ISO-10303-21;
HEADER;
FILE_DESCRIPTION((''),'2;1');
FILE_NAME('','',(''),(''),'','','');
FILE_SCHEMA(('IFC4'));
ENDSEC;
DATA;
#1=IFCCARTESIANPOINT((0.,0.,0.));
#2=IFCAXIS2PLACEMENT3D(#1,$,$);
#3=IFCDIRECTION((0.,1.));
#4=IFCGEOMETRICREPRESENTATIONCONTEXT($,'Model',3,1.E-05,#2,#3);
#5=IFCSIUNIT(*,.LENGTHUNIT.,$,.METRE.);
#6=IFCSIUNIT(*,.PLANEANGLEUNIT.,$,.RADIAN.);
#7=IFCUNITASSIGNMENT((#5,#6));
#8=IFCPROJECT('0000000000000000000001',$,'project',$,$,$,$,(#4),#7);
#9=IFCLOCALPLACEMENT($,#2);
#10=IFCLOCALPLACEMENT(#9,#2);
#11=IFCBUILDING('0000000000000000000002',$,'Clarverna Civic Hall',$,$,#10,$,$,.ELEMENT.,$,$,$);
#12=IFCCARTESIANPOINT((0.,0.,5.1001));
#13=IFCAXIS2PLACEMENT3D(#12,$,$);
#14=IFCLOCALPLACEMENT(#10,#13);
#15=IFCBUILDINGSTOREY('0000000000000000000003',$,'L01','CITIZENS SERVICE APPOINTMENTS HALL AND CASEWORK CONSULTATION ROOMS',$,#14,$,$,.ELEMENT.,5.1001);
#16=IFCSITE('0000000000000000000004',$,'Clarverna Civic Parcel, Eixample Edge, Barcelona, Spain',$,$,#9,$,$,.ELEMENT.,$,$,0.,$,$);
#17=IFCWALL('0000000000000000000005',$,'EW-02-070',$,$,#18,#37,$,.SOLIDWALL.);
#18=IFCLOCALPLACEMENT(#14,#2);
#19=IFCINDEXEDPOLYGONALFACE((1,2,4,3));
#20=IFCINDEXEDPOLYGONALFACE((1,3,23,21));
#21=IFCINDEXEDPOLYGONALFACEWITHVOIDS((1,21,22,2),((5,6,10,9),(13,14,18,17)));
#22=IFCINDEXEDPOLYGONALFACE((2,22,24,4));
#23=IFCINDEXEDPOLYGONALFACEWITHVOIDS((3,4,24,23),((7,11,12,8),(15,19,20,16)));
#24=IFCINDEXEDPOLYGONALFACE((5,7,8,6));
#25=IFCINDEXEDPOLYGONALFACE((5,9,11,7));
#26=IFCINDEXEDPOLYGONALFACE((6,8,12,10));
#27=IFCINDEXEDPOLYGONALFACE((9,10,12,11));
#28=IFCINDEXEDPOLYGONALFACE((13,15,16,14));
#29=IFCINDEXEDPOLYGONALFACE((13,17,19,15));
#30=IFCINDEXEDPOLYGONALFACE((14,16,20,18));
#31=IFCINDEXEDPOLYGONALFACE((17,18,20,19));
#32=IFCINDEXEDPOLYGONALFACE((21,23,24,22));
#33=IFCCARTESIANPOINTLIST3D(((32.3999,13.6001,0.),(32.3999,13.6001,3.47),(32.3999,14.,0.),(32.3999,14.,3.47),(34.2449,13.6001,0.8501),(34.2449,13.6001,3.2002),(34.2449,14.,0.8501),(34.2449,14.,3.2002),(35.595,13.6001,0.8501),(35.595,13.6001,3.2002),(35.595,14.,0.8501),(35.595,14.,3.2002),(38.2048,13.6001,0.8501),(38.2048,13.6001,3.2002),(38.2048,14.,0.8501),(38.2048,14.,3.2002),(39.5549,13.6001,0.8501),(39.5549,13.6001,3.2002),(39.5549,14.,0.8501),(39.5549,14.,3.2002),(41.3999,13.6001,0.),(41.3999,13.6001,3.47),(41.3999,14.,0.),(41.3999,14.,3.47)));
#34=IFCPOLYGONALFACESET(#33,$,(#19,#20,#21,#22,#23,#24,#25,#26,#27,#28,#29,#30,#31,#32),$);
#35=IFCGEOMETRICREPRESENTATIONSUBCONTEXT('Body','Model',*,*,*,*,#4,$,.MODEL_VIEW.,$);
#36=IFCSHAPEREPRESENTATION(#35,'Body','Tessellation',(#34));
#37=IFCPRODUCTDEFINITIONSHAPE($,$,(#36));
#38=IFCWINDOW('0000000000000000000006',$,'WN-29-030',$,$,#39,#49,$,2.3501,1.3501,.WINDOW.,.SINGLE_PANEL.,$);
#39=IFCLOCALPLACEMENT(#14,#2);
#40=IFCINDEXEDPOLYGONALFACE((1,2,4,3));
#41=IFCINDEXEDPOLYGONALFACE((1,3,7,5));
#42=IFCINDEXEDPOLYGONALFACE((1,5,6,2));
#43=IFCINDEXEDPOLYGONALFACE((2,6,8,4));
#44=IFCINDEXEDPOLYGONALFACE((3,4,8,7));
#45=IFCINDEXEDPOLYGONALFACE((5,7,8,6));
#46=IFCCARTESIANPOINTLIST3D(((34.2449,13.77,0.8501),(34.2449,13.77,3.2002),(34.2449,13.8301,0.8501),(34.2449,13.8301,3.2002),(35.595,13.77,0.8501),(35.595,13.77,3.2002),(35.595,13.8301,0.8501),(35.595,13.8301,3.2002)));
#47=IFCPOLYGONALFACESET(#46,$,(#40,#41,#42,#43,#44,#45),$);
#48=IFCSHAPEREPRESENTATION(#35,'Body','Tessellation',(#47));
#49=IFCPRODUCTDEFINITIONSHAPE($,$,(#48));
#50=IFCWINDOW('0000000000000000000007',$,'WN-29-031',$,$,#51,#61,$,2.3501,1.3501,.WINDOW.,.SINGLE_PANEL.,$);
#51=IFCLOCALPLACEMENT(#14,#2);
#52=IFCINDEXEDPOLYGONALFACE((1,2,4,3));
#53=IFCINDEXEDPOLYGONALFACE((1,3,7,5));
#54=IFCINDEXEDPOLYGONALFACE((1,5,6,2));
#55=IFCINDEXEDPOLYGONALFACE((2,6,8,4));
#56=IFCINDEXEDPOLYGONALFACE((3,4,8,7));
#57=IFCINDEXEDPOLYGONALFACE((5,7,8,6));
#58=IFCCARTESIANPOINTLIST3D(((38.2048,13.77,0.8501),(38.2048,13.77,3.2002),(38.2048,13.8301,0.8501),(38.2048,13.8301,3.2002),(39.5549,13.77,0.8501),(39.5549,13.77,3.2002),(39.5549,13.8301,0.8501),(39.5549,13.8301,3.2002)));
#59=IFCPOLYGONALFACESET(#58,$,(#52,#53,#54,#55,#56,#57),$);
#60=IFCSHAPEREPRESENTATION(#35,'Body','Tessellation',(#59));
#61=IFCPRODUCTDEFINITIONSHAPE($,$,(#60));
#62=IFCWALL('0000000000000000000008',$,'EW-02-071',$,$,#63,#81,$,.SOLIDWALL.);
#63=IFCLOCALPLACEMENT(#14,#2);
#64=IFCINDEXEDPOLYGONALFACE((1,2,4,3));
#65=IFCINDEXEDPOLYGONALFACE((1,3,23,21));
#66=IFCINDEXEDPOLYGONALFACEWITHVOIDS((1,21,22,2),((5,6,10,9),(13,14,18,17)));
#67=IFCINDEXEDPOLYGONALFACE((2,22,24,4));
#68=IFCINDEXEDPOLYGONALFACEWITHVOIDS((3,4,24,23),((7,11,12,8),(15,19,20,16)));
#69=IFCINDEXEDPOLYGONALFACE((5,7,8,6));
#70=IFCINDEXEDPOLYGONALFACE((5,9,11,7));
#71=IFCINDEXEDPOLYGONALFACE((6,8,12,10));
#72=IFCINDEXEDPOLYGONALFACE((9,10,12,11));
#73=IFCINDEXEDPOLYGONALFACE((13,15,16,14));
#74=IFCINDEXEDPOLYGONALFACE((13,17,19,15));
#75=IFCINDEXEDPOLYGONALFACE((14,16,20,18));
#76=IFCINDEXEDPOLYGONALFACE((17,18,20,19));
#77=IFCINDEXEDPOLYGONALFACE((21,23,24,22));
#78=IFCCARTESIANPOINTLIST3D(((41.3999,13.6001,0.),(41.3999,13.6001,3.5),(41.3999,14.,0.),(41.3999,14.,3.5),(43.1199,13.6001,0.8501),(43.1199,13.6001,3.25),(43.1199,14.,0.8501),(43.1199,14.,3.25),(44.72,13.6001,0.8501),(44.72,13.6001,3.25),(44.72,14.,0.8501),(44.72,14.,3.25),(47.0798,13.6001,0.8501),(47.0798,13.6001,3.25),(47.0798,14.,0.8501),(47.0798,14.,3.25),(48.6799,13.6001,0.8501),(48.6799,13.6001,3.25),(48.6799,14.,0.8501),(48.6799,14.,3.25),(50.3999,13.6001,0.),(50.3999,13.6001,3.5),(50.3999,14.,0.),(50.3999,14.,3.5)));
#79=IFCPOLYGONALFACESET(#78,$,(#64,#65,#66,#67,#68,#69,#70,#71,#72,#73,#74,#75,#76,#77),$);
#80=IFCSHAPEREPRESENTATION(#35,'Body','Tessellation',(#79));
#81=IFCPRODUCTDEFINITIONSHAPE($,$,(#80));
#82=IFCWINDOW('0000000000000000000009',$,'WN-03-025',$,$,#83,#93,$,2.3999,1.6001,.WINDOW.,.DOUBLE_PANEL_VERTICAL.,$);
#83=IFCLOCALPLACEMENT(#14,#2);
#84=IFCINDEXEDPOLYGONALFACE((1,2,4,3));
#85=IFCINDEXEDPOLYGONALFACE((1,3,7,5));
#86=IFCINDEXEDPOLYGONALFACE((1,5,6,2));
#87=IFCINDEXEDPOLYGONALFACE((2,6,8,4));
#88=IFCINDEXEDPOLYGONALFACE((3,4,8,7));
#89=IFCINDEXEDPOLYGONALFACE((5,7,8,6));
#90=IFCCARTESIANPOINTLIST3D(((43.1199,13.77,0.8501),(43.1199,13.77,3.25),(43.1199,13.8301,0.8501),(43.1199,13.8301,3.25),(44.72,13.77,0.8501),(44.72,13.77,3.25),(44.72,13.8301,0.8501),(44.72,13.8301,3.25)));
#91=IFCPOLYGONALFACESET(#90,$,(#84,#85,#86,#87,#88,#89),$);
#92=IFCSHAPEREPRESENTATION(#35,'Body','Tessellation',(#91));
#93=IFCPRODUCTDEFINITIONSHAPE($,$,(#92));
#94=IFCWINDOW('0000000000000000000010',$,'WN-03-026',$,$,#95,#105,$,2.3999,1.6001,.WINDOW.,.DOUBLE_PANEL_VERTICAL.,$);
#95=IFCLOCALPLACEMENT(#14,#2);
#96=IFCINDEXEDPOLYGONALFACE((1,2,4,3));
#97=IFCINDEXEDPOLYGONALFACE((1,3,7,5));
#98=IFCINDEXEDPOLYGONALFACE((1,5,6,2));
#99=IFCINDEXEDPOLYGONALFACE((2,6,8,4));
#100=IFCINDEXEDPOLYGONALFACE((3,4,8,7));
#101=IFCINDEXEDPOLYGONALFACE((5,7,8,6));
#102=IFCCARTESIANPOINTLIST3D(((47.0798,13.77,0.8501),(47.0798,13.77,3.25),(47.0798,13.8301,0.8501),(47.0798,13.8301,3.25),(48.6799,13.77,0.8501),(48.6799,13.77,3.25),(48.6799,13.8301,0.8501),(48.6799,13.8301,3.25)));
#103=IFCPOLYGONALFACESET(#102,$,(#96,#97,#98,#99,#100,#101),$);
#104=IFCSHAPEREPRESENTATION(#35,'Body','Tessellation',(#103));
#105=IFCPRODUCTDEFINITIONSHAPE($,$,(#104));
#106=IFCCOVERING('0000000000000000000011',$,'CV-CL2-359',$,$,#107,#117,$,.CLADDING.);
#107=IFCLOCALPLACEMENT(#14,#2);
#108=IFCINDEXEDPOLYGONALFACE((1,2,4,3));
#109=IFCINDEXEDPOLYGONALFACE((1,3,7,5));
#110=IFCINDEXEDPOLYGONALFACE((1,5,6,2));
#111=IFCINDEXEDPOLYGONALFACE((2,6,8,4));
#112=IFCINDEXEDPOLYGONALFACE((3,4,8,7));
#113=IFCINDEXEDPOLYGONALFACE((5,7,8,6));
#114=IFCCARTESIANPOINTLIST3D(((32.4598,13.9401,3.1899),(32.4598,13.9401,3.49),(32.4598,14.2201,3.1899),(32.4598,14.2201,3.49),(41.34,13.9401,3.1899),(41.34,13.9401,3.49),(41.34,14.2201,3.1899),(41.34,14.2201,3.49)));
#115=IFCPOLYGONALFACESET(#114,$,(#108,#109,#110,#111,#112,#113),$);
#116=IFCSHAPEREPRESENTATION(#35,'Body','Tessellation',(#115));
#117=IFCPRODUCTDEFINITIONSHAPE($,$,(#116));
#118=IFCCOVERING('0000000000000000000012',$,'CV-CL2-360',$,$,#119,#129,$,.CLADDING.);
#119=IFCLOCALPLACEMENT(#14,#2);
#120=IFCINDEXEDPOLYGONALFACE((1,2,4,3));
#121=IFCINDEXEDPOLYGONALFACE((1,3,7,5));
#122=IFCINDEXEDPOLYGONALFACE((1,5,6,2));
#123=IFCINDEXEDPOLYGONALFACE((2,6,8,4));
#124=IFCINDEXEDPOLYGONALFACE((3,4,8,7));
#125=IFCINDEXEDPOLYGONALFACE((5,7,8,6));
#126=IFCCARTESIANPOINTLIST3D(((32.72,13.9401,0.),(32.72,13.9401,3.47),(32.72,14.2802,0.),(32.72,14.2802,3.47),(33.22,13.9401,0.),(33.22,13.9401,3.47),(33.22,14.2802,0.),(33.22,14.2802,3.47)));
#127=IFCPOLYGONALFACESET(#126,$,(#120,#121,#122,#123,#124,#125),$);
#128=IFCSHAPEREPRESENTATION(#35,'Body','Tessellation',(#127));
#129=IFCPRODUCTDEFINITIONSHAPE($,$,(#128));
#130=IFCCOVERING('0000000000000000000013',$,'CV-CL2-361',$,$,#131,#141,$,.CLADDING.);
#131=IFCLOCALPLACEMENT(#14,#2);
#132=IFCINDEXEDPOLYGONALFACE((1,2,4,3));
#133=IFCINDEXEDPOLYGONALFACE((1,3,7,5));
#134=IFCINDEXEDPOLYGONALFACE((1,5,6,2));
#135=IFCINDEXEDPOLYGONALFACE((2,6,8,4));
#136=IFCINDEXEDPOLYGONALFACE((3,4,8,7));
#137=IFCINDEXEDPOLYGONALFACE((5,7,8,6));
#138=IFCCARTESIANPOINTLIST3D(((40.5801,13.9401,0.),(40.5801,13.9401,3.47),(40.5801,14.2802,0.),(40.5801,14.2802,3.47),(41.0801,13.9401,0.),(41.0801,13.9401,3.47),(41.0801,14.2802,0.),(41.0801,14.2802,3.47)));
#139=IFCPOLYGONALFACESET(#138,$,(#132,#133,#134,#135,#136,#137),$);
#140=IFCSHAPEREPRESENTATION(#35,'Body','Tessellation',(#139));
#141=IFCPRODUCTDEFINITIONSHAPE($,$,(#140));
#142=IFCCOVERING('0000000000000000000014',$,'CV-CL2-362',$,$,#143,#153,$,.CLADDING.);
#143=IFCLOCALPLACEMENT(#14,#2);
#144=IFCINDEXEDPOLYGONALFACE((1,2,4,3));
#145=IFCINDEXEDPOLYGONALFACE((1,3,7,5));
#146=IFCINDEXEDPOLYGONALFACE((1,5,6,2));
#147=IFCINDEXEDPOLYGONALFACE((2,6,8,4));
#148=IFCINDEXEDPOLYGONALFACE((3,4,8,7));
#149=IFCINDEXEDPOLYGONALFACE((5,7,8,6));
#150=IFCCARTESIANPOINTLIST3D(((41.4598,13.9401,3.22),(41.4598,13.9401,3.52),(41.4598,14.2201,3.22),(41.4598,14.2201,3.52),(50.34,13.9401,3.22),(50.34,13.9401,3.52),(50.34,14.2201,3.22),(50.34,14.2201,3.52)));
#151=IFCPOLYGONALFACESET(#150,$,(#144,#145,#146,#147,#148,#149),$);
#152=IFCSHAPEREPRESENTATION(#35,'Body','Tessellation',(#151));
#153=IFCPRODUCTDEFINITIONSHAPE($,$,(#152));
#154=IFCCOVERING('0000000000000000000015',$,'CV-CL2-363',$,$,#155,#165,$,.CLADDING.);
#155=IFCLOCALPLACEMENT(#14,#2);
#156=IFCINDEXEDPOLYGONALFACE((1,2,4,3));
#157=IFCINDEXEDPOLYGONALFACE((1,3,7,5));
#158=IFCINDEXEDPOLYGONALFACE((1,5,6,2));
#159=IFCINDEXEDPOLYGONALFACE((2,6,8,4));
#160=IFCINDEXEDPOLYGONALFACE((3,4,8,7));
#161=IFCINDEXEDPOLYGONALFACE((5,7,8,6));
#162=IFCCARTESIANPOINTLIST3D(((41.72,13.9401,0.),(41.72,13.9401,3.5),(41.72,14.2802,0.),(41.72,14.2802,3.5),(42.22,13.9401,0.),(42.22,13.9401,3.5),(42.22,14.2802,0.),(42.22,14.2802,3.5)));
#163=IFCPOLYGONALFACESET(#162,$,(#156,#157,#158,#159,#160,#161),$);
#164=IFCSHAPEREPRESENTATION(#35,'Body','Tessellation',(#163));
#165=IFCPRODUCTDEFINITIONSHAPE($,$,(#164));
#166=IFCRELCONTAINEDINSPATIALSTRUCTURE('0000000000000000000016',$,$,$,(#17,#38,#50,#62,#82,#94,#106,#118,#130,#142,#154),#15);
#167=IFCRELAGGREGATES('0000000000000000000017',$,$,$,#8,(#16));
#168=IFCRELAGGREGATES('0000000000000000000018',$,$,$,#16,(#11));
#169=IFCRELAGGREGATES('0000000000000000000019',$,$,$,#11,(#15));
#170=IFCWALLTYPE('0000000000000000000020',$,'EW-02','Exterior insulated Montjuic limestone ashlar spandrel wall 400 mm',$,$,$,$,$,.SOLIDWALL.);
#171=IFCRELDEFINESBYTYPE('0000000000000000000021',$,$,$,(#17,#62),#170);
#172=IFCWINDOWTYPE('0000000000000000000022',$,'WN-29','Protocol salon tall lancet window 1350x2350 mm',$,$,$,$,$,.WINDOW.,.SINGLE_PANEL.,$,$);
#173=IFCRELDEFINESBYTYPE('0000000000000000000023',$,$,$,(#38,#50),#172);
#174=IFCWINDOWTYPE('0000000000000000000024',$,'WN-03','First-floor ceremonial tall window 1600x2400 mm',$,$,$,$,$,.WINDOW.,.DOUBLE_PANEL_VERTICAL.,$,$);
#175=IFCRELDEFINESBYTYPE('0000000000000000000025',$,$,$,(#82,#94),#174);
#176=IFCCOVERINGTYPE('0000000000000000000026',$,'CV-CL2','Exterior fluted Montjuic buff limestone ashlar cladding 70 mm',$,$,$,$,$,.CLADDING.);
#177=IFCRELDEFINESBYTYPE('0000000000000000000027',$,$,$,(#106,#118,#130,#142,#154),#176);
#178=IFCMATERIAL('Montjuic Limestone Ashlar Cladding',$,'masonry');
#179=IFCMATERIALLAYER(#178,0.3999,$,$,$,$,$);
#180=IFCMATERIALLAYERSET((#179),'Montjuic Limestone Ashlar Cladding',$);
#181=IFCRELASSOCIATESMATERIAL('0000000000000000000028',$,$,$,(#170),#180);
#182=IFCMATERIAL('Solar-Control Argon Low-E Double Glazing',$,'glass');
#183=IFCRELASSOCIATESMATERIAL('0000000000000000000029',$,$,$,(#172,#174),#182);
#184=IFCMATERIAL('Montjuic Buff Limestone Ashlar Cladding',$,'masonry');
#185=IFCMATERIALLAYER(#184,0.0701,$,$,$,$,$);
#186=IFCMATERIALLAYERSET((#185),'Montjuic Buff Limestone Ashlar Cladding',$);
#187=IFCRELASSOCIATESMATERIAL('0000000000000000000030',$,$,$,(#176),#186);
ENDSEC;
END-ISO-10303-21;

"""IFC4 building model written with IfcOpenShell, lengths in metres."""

from ifc_helpers import new_model, si_unit, direction, frame, frame_2d, origin, place, context, subcontext, project, spatial, rectangle, extrude, material, layer, layer_set, type_object, element, fill, save


model = new_model("IFC4")

# Units and contexts
model_context = context("Model", 3, precision=1e-05, world=origin(), true_north=direction((0.0, 1.0)))
body_context = subcontext(model_context, "Body", "Model", "MODEL_VIEW")
ifc_project = project(units=[si_unit("LENGTHUNIT", "METRE"), si_unit("PLANEANGLEUNIT", "RADIAN")], contexts=[model_context])

# Site, building, storey
site_placement = place(None, origin())
site = spatial("IfcSite", under=ifc_project, at=site_placement, Name="Clarverna Civic Parcel, Eixample Edge, Barcelona, Spain", CompositionType="ELEMENT", RefElevation=0.0)
building_placement = place(site_placement, origin())
building = spatial("IfcBuilding", under=site, at=building_placement, Name="Clarverna Civic Hall", CompositionType="ELEMENT")
storey_placement = place(building_placement, frame((0.0, 0.0, 5.1001)))
storey = spatial("IfcBuildingStorey", under=building, at=storey_placement, Name="L01", Description="CITIZENS SERVICE APPOINTMENTS HALL AND CASEWORK CONSULTATION ROOMS", CompositionType="ELEMENT", Elevation=5.1001)

# Walls, openings, windows
ifc_material_1 = material(Name="Montjuic Limestone Ashlar Cladding", Category="masonry")
ifc_layer_1 = layer(ifc_material_1, 0.3999)
ifc_layer_set_1 = layer_set([ifc_layer_1], Name="Montjuic Limestone Ashlar Cladding")
wall_type = type_object("IfcWallType", Name="EW-02", Description="Exterior insulated Montjuic limestone ashlar spandrel wall 400 mm", PredefinedType="SOLIDWALL", material=ifc_layer_set_1)
wall_1_placement = place(storey_placement, frame((32.3999, 13.8, 0.0), z_axis=(0.0, 0.0, 1.0), x_axis=(1.0, 0.0, 0.0)))
wall_1 = element("IfcWall", 1, at=wall_1_placement, inside=storey, type_object=wall_type, Name="EW-02-070", PredefinedType="SOLIDWALL", context=body_context, shape_type="SweptSolid", body=[
    extrude(rectangle(XDim=9.0, YDim=0.3999, at=frame_2d((4.5, 0.0))), origin(), (0.0, 0.0, 1.0), 3.47),
])
opening_1_placement = place(wall_1_placement, frame((1.845, 0.0, 0.8501)))
opening_1 = element("IfcOpeningElement", 2, at=opening_1_placement, cuts=wall_1, PredefinedType="OPENING", context=body_context, shape_type="SweptSolid", body=[
    extrude(rectangle(XDim=1.3501, YDim=2.3501, at=frame_2d((0.675, 1.175))), frame((0.0, 0.21, 0.0), z_axis=(0.0, -1.0, 0.0), x_axis=(1.0, 0.0, 0.0)), (0.0, 0.0, 1.0), 0.4199),
])
opening_2_placement = place(wall_1_placement, frame((5.8049, 0.0, 0.8501)))
opening_2 = element("IfcOpeningElement", 3, at=opening_2_placement, cuts=wall_1, PredefinedType="OPENING", context=body_context, shape_type="SweptSolid", body=[
    extrude(rectangle(XDim=1.3501, YDim=2.3501, at=frame_2d((0.675, 1.175))), frame((0.0, 0.21, 0.0), z_axis=(0.0, -1.0, 0.0), x_axis=(1.0, 0.0, 0.0)), (0.0, 0.0, 1.0), 0.4199),
])
ifc_material_2 = material(Name="Solar-Control Argon Low-E Double Glazing", Category="glass")
window_type_1 = type_object("IfcWindowType", Name="WN-29", Description="Protocol salon tall lancet window 1350x2350 mm", PartitioningType="SINGLE_PANEL", PredefinedType="WINDOW", material=ifc_material_2)
window_1_placement = place(opening_1_placement, origin())
window_1 = element("IfcWindow", 4, at=window_1_placement, inside=storey, type_object=window_type_1, Name="WN-29-030", OverallHeight=2.3501, OverallWidth=1.3501, PartitioningType="SINGLE_PANEL", PredefinedType="WINDOW", context=body_context, shape_type="SweptSolid", body=[
    extrude(rectangle(XDim=1.3501, YDim=2.3501, at=frame_2d((0.675, 1.175))), frame((0.0, 0.03, 0.0), z_axis=(0.0, -1.0, 0.0), x_axis=(1.0, 0.0, 0.0)), (0.0, 0.0, 1.0), 0.0601),
])
fill(opening_1, window_1)
window_2_placement = place(opening_2_placement, origin())
window_2 = element("IfcWindow", 5, at=window_2_placement, inside=storey, type_object=window_type_1, Name="WN-29-031", OverallHeight=2.3501, OverallWidth=1.3501, PartitioningType="SINGLE_PANEL", PredefinedType="WINDOW", context=body_context, shape_type="SweptSolid", body=[
    extrude(rectangle(XDim=1.3501, YDim=2.3501, at=frame_2d((0.675, 1.175))), frame((0.0, 0.03, 0.0), z_axis=(0.0, -1.0, 0.0), x_axis=(1.0, 0.0, 0.0)), (0.0, 0.0, 1.0), 0.0601),
])
fill(opening_2, window_2)
wall_2_placement = place(storey_placement, frame((41.3999, 13.8, 0.0), z_axis=(0.0, 0.0, 1.0), x_axis=(1.0, 0.0, 0.0)))
wall_2 = element("IfcWall", 6, at=wall_2_placement, inside=storey, type_object=wall_type, Name="EW-02-071", PredefinedType="SOLIDWALL", context=body_context, shape_type="SweptSolid", body=[
    extrude(rectangle(XDim=9.0, YDim=0.3999, at=frame_2d((4.5, 0.0))), origin(), (0.0, 0.0, 1.0), 3.5),
])
opening_3_placement = place(wall_2_placement, frame((1.72, 0.0, 0.8501)))
opening_3 = element("IfcOpeningElement", 7, at=opening_3_placement, cuts=wall_2, PredefinedType="OPENING", context=body_context, shape_type="SweptSolid", body=[
    extrude(rectangle(XDim=1.6001, YDim=2.3999, at=frame_2d((0.8, 1.2))), frame((0.0, 0.21, 0.0), z_axis=(0.0, -1.0, 0.0), x_axis=(1.0, 0.0, 0.0)), (0.0, 0.0, 1.0), 0.4199),
])
opening_4_placement = place(wall_2_placement, frame((5.6799, 0.0, 0.8501)))
opening_4 = element("IfcOpeningElement", 8, at=opening_4_placement, cuts=wall_2, PredefinedType="OPENING", context=body_context, shape_type="SweptSolid", body=[
    extrude(rectangle(XDim=1.6001, YDim=2.3999, at=frame_2d((0.8, 1.2))), frame((0.0, 0.21, 0.0), z_axis=(0.0, -1.0, 0.0), x_axis=(1.0, 0.0, 0.0)), (0.0, 0.0, 1.0), 0.4199),
])
window_type_2 = type_object("IfcWindowType", Name="WN-03", Description="First-floor ceremonial tall window 1600x2400 mm", PartitioningType="DOUBLE_PANEL_VERTICAL", PredefinedType="WINDOW", material=ifc_material_2)
window_3_placement = place(opening_3_placement, origin())
window_3 = element("IfcWindow", 9, at=window_3_placement, inside=storey, type_object=window_type_2, Name="WN-03-025", OverallHeight=2.3999, OverallWidth=1.6001, PartitioningType="DOUBLE_PANEL_VERTICAL", PredefinedType="WINDOW", context=body_context, shape_type="SweptSolid", body=[
    extrude(rectangle(XDim=1.6001, YDim=2.3999, at=frame_2d((0.8, 1.2))), frame((0.0, 0.03, 0.0), z_axis=(0.0, -1.0, 0.0), x_axis=(1.0, 0.0, 0.0)), (0.0, 0.0, 1.0), 0.0601),
])
fill(opening_3, window_3)
window_4_placement = place(opening_4_placement, origin())
window_4 = element("IfcWindow", 10, at=window_4_placement, inside=storey, type_object=window_type_2, Name="WN-03-026", OverallHeight=2.3999, OverallWidth=1.6001, PartitioningType="DOUBLE_PANEL_VERTICAL", PredefinedType="WINDOW", context=body_context, shape_type="SweptSolid", body=[
    extrude(rectangle(XDim=1.6001, YDim=2.3999, at=frame_2d((0.8, 1.2))), frame((0.0, 0.03, 0.0), z_axis=(0.0, -1.0, 0.0), x_axis=(1.0, 0.0, 0.0)), (0.0, 0.0, 1.0), 0.0601),
])
fill(opening_4, window_4)

# Coverings
ifc_material_3 = material(Name="Montjuic Buff Limestone Ashlar Cladding", Category="masonry")
ifc_layer_2 = layer(ifc_material_3, 0.0701)
ifc_layer_set_2 = layer_set([ifc_layer_2], Name="Montjuic Buff Limestone Ashlar Cladding")
covering_type = type_object("IfcCoveringType", Name="CV-CL2", Description="Exterior fluted Montjuic buff limestone ashlar cladding 70 mm", PredefinedType="CLADDING", material=ifc_layer_set_2)
covering_1_placement = place(storey_placement, frame((32.46, 14.0801, 3.1899), z_axis=(0.0, 0.0, 1.0), x_axis=(1.0, 0.0, 0.0)))
element("IfcCovering", 11, at=covering_1_placement, inside=storey, type_object=covering_type, Name="CV-CL2-359", PredefinedType="CLADDING", context=body_context, shape_type="SweptSolid", body=[
    extrude(rectangle(XDim=8.8801, YDim=0.28, at=frame_2d((4.4399, 0.0))), origin(), (0.0, 0.0, 1.0), 0.3),
])
for number, where, z_axis, x_axis, name in (
    (12, (32.72, 14.1101, 0.0), (0.0, 0.0, 1.0), (1.0, 0.0, 0.0), "CV-CL2-360"),
    (13, (40.5801, 14.1101, 0.0), (0.0, 0.0, 1.0), (1.0, 0.0, 0.0), "CV-CL2-361"),
):
    element("IfcCovering", number, at=place(storey_placement, frame(where, z_axis=z_axis, x_axis=x_axis)), inside=storey, type_object=covering_type, Name=name, PredefinedType="CLADDING", context=body_context, shape_type="SweptSolid", body=[
        extrude(rectangle(XDim=0.5, YDim=0.3401, at=frame_2d((0.25, 0.0))), origin(), (0.0, 0.0, 1.0), 3.47),
    ])
covering_2_placement = place(storey_placement, frame((41.46, 14.0801, 3.22), z_axis=(0.0, 0.0, 1.0), x_axis=(1.0, 0.0, 0.0)))
element("IfcCovering", 14, at=covering_2_placement, inside=storey, type_object=covering_type, Name="CV-CL2-362", PredefinedType="CLADDING", context=body_context, shape_type="SweptSolid", body=[
    extrude(rectangle(XDim=8.8801, YDim=0.28, at=frame_2d((4.4399, 0.0))), origin(), (0.0, 0.0, 1.0), 0.3),
])
covering_3_placement = place(storey_placement, frame((41.72, 14.1101, 0.0), z_axis=(0.0, 0.0, 1.0), x_axis=(1.0, 0.0, 0.0)))
element("IfcCovering", 15, at=covering_3_placement, inside=storey, type_object=covering_type, Name="CV-CL2-363", PredefinedType="CLADDING", context=body_context, shape_type="SweptSolid", body=[
    extrude(rectangle(XDim=0.5, YDim=0.3401, at=frame_2d((0.25, 0.0))), origin(), (0.0, 0.0, 1.0), 3.5),
])

save(model, "model.ifc")
